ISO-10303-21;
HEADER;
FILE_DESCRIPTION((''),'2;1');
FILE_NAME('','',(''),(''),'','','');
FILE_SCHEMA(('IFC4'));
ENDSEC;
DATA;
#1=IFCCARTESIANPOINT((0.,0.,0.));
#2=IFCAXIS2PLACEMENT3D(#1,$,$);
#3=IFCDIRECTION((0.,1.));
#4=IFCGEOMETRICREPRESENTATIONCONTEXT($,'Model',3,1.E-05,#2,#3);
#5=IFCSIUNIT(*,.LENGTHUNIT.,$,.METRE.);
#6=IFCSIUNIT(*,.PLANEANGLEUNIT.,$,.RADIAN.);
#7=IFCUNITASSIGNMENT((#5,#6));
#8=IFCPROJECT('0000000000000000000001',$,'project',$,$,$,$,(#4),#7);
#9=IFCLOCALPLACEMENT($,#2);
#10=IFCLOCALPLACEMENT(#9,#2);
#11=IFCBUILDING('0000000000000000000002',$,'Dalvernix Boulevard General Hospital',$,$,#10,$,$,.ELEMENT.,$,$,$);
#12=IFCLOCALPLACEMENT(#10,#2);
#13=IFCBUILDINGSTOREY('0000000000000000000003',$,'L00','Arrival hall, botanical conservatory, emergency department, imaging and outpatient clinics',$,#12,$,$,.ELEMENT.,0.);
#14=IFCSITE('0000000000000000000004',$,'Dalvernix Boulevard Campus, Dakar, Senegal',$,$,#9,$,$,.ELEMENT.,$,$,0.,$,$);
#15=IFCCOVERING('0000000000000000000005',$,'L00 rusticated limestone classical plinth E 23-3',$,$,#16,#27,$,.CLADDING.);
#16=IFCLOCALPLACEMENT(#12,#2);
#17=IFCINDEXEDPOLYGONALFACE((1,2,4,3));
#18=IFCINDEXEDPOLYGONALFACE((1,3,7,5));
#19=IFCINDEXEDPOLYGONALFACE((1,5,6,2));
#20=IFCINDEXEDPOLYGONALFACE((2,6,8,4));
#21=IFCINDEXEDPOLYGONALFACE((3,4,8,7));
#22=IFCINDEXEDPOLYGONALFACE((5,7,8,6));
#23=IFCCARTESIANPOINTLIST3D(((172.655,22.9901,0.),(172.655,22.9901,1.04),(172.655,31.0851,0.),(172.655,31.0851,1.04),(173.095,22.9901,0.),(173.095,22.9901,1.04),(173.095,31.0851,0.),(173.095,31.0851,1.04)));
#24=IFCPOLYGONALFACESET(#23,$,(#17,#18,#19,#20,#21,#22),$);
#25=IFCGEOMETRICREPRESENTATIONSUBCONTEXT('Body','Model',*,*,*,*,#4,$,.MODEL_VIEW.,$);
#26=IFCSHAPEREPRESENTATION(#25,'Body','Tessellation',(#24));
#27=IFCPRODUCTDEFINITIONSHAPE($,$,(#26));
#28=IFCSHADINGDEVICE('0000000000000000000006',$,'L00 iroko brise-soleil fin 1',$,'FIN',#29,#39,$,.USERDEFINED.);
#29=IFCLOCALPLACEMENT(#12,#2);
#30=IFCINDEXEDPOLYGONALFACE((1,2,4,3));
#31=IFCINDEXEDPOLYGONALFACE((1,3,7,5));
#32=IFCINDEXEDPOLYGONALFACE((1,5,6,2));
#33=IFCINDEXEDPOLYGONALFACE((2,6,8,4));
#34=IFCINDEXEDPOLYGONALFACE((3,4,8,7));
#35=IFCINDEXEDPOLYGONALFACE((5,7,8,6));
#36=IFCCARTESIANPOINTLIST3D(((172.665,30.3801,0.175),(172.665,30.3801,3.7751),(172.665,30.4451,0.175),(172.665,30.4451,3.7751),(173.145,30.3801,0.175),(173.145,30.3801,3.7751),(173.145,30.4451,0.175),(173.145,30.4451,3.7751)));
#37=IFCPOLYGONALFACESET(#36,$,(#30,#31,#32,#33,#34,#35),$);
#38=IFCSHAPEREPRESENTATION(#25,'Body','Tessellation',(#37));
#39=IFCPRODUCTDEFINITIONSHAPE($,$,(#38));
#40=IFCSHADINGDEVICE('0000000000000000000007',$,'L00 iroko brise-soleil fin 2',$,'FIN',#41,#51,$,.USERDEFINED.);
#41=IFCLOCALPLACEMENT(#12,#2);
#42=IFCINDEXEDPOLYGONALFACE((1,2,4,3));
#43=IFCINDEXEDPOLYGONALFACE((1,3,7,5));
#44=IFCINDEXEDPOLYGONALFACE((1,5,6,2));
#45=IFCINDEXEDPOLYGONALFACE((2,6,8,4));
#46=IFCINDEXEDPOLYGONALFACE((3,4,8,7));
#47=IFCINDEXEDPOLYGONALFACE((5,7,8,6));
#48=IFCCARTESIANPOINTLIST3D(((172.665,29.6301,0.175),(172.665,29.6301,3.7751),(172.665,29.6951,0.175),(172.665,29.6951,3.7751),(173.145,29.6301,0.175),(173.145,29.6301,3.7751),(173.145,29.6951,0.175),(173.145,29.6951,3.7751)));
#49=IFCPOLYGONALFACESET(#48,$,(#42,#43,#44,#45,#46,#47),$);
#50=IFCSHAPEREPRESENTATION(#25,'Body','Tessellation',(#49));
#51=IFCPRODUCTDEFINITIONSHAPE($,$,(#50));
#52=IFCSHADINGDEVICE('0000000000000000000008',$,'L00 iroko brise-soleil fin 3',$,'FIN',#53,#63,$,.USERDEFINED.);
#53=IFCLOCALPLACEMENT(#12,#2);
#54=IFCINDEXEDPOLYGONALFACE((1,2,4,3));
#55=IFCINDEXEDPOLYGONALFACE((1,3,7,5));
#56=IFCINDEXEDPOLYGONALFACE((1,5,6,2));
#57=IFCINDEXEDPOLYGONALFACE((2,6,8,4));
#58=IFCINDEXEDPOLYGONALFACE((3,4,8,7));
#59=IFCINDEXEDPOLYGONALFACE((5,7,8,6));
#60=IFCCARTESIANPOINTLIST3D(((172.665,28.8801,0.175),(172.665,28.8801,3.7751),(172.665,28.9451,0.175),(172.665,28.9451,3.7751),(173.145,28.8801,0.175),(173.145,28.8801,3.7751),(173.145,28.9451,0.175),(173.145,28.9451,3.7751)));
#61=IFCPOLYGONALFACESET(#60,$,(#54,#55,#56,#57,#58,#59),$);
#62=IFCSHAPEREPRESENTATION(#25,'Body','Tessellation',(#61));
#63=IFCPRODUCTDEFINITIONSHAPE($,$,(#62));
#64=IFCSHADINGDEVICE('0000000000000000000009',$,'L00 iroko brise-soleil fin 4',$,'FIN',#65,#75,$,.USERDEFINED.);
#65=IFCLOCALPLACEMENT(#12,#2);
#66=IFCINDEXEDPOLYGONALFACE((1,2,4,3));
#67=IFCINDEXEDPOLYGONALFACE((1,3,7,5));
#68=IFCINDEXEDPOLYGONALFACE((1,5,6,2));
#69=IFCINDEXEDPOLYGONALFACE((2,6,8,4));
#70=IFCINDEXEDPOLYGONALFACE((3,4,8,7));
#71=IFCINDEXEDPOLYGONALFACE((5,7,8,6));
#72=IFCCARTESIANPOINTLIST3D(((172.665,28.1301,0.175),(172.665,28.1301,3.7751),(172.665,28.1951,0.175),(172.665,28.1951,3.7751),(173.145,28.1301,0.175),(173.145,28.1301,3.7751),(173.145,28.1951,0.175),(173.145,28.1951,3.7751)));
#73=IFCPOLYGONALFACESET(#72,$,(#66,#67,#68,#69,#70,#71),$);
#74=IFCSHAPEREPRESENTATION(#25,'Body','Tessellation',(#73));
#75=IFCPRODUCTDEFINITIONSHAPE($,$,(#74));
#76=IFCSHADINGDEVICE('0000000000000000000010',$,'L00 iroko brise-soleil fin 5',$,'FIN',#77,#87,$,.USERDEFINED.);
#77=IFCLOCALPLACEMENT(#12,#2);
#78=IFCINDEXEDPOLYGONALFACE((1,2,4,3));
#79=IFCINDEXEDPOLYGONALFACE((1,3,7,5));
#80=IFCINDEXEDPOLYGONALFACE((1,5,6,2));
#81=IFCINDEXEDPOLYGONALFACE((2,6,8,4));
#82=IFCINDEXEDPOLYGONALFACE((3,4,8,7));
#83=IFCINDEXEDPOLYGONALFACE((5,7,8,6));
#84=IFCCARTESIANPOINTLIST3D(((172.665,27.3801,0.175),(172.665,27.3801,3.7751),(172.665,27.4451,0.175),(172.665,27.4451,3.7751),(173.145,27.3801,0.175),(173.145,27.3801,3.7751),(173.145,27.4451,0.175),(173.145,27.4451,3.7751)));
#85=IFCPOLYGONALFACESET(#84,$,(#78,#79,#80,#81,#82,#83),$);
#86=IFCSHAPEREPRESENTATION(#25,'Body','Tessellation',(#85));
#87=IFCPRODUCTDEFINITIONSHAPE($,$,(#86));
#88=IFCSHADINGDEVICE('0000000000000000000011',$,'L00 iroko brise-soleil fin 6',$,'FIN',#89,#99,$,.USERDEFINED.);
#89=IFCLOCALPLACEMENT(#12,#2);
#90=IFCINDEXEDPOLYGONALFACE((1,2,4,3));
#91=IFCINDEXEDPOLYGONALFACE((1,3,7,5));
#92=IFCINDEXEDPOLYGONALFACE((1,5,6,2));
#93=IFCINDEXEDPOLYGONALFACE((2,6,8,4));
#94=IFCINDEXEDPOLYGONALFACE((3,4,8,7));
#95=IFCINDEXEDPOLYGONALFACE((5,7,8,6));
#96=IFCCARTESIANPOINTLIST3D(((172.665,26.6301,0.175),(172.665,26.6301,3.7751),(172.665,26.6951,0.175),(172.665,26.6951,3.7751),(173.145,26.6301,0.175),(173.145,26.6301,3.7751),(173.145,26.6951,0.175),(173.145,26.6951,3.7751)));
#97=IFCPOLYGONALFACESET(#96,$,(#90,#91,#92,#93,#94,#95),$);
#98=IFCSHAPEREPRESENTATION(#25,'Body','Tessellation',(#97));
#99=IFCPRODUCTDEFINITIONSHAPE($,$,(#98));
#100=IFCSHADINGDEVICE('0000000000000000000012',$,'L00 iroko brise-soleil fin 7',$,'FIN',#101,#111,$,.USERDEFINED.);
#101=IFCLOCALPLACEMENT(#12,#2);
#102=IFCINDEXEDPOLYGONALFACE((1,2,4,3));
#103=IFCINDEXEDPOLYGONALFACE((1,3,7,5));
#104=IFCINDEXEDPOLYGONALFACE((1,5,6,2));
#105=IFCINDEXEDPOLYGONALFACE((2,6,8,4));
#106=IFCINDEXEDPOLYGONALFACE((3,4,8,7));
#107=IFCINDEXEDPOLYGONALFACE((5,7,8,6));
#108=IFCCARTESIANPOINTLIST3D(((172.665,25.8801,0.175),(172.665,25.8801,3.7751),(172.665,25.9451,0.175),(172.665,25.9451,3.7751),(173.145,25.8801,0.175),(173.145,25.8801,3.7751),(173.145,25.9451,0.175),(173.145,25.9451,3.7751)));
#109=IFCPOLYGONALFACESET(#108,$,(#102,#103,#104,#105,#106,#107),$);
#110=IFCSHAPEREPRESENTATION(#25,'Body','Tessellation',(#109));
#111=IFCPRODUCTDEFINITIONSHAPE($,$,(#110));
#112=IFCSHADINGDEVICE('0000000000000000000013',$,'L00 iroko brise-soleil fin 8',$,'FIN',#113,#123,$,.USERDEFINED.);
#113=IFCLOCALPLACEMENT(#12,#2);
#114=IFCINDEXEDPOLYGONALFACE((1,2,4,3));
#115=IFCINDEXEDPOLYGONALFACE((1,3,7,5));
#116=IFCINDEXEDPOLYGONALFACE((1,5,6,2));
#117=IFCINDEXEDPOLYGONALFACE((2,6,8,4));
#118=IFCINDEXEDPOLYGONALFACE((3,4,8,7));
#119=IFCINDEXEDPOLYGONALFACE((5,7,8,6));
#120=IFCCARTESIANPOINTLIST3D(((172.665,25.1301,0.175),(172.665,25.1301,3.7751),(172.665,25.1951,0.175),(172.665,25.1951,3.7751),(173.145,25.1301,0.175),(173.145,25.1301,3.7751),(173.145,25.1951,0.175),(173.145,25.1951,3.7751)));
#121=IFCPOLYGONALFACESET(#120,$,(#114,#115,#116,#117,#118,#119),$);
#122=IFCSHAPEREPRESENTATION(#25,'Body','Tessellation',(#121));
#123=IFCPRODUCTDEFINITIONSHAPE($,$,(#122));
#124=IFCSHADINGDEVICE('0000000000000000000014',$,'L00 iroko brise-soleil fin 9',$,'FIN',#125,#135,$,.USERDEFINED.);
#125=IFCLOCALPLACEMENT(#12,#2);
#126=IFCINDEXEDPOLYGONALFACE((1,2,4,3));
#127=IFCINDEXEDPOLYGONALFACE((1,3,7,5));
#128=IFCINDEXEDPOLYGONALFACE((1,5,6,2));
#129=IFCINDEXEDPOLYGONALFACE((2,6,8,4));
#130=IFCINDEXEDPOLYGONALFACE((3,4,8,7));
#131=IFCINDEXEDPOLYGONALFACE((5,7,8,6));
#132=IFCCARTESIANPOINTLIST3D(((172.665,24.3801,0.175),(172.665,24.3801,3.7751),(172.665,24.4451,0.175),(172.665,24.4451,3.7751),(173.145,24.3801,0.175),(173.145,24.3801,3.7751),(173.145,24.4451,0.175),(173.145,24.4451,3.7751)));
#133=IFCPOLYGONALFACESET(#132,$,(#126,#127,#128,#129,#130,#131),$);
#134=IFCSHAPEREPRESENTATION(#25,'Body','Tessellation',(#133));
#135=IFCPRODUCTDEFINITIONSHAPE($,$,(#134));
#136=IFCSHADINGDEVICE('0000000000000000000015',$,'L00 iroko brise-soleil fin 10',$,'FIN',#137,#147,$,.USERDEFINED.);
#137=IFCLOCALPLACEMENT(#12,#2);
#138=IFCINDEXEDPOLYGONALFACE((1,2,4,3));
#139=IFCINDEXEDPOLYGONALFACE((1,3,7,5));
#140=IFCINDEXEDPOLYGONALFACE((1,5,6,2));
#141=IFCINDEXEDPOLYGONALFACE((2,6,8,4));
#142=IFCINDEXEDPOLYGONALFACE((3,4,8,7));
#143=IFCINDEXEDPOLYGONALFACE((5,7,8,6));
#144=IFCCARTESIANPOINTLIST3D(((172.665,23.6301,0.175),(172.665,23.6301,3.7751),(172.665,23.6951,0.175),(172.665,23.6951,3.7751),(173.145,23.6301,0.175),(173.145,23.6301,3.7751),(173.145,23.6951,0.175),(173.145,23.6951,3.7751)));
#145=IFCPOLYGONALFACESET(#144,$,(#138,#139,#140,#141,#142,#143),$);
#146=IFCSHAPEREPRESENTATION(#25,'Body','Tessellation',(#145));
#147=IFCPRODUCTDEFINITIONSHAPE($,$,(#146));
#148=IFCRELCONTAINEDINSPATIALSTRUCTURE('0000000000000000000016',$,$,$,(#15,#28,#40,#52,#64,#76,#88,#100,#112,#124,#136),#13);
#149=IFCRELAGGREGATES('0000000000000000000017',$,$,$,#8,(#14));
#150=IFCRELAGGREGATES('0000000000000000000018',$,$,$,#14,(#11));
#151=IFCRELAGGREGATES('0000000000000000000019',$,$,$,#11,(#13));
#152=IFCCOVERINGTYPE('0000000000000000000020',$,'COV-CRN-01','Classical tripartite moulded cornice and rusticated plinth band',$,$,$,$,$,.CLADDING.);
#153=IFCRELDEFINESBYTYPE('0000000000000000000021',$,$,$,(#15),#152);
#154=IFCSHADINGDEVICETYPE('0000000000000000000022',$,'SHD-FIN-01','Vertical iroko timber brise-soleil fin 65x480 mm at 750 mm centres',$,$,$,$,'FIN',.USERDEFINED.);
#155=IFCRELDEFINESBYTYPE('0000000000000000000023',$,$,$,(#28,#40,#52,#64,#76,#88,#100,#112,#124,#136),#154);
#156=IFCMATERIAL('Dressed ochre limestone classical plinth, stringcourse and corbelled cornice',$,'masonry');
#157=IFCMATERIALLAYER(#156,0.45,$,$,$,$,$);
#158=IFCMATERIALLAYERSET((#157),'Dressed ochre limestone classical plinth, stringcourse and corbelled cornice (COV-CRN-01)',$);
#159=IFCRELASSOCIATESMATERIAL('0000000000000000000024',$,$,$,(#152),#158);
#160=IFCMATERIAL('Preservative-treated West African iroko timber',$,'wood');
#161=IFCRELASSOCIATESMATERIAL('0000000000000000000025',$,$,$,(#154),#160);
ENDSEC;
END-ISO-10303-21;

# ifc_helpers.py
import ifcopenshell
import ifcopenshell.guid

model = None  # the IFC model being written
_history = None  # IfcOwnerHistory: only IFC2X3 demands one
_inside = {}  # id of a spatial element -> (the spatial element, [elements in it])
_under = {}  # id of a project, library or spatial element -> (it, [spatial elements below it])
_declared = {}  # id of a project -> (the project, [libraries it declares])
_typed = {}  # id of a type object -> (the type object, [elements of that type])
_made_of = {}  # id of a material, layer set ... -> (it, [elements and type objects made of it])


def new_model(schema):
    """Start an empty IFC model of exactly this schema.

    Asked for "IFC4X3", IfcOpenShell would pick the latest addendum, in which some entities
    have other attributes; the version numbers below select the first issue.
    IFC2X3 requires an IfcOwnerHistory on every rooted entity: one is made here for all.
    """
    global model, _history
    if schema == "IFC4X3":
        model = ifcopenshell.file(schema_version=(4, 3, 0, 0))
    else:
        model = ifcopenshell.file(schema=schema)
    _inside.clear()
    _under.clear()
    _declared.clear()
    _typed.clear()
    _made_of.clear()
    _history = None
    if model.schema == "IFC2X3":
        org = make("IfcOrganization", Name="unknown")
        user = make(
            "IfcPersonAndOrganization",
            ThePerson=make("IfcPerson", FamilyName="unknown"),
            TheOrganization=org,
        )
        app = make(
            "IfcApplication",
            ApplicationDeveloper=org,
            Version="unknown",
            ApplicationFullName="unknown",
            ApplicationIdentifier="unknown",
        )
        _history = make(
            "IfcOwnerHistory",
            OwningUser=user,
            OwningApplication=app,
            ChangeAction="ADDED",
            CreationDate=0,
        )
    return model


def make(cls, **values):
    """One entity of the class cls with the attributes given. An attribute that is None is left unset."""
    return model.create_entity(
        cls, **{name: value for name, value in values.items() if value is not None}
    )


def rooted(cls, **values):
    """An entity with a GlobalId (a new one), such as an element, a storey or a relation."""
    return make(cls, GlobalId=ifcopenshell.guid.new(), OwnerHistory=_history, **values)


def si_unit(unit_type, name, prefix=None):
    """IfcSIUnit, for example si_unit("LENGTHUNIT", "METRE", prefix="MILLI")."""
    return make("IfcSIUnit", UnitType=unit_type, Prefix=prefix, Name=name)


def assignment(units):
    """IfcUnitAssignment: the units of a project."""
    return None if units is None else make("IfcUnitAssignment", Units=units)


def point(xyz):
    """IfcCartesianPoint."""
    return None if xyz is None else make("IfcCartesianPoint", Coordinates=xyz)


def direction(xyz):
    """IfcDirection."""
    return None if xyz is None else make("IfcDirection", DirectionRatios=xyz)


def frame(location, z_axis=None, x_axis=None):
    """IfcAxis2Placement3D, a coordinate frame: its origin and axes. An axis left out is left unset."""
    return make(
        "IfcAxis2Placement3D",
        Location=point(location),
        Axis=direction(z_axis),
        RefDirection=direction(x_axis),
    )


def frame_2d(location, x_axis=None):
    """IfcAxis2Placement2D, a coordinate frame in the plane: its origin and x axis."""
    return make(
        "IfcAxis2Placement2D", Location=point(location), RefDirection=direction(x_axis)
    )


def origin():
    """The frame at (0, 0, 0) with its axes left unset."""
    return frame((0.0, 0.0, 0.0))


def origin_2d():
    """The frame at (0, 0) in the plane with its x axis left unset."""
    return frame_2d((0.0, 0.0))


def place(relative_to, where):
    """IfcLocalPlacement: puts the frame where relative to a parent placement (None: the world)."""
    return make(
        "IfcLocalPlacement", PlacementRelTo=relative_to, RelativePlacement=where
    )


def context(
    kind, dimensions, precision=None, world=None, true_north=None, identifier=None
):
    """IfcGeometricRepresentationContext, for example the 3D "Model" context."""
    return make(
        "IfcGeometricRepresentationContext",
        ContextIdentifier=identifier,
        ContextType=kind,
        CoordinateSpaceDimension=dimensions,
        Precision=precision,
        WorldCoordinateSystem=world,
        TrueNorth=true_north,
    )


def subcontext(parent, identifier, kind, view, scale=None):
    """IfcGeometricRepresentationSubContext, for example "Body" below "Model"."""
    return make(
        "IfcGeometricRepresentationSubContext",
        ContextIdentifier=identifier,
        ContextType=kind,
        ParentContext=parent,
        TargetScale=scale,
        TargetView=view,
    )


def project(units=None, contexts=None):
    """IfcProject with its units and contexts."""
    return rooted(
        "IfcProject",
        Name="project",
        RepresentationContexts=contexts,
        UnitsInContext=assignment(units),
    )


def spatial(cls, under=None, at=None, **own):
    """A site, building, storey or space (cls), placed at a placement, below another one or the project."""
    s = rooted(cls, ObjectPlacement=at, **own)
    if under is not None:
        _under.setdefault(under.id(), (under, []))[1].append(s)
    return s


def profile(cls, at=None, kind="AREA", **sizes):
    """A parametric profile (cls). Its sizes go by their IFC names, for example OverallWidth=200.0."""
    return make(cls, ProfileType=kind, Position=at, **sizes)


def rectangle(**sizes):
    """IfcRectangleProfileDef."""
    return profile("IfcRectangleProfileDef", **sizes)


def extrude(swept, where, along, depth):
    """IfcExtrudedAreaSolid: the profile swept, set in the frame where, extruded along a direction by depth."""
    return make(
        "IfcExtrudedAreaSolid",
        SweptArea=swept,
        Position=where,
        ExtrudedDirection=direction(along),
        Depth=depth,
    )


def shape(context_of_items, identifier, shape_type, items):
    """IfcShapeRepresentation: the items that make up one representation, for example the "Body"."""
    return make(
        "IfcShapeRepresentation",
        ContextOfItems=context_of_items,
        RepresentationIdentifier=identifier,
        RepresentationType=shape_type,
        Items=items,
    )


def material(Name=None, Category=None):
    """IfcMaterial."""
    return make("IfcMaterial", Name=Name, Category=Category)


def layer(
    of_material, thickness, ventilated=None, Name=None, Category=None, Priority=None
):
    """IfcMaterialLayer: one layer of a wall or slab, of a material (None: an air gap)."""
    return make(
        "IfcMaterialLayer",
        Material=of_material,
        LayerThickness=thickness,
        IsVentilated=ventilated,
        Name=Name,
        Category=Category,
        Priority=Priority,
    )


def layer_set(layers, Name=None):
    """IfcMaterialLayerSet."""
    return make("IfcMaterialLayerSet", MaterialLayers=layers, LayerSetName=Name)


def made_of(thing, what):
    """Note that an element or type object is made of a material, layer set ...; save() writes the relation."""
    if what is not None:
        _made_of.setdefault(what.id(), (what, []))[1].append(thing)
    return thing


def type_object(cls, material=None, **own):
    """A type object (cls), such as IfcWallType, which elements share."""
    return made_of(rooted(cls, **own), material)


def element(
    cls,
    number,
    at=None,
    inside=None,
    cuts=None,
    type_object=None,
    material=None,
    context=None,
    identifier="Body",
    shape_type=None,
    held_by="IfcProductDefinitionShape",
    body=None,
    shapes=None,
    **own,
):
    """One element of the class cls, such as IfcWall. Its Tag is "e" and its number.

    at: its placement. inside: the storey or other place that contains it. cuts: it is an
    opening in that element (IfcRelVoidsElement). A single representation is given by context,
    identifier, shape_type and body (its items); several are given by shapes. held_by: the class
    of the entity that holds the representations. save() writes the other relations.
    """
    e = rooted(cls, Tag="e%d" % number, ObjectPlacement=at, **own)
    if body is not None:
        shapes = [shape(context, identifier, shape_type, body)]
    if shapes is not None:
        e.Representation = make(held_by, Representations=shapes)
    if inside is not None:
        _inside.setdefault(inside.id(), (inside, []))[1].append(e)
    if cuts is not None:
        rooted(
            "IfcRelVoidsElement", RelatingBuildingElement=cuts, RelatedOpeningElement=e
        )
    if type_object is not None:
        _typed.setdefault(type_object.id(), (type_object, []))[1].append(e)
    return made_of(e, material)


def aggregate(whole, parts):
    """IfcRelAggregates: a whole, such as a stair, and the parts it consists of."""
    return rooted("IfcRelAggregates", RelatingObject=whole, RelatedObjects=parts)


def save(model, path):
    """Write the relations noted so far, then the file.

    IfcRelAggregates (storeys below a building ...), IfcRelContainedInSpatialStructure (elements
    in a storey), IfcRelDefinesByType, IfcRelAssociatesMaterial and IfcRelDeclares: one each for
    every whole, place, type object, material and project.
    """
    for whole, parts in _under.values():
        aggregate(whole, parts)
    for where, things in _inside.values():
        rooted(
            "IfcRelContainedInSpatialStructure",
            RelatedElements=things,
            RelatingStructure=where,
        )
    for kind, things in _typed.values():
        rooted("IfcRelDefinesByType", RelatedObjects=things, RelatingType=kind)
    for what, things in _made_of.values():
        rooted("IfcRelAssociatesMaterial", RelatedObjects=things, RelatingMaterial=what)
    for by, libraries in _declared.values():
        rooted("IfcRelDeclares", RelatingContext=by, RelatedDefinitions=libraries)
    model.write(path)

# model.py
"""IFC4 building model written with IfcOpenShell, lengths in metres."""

from ifc_helpers import new_model, si_unit, direction, frame, origin, origin_2d, place, context, subcontext, project, spatial, rectangle, extrude, material, layer, layer_set, type_object, element, save


model = new_model("IFC4")

# Units and contexts
model_context = context("Model", 3, precision=1e-05, world=origin(), true_north=direction((0.0, 1.0)))
body_context = subcontext(model_context, "Body", "Model", "MODEL_VIEW")
ifc_project = project(units=[si_unit("LENGTHUNIT", "METRE"), si_unit("PLANEANGLEUNIT", "RADIAN")], contexts=[model_context])

# Site, building, storey
site_placement = place(None, origin())
site = spatial("IfcSite", under=ifc_project, at=site_placement, Name="Dalvernix Boulevard Campus, Dakar, Senegal", CompositionType="ELEMENT", RefElevation=0.0)
building_placement = place(site_placement, origin())
building = spatial("IfcBuilding", under=site, at=building_placement, Name="Dalvernix Boulevard General Hospital", CompositionType="ELEMENT")
storey_placement = place(building_placement, origin())
storey = spatial("IfcBuildingStorey", under=building, at=storey_placement, Name="L00", Description="Arrival hall, botanical conservatory, emergency department, imaging and outpatient clinics", CompositionType="ELEMENT", Elevation=0.0)

# Covering
ifc_material_1 = material(Name="Dressed ochre limestone classical plinth, stringcourse and corbelled cornice", Category="masonry")
ifc_layer_1 = layer(ifc_material_1, 0.45)
ifc_layer_set_1 = layer_set([ifc_layer_1], Name="Dressed ochre limestone classical plinth, stringcourse and corbelled cornice (COV-CRN-01)")
covering_type_1 = type_object("IfcCoveringType", Name="COV-CRN-01", Description="Classical tripartite moulded cornice and rusticated plinth band", PredefinedType="CLADDING", material=ifc_layer_set_1)
covering_1_placement = place(storey_placement, frame((172.875, 27.0376, 0.0), z_axis=(0.0, 0.0, 1.0), x_axis=(0.0, -1.0, 0.0)))
element("IfcCovering", 1, at=covering_1_placement, inside=storey, type_object=covering_type_1, Name="L00 rusticated limestone classical plinth E 23-3", PredefinedType="CLADDING", context=body_context, shape_type="SweptSolid", body=[
    extrude(rectangle(XDim=8.095, YDim=0.4399, at=origin_2d()), origin(), (0.0, 0.0, 1.0), 1.04),
])

# Shading devices
ifc_material_2 = material(Name="Preservative-treated West African iroko timber", Category="wood")
shading_device_type = type_object("IfcShadingDeviceType", Name="SHD-FIN-01", Description="Vertical iroko timber brise-soleil fin 65x480 mm at 750 mm centres", ElementType="FIN", PredefinedType="USERDEFINED", material=ifc_material_2)
for number, where, z_axis, x_axis, name in (
    (2, (172.905, 30.4126, 0.175), (0.0, 0.0, 1.0), (0.0, -1.0, 0.0), "L00 iroko brise-soleil fin 1"),
    (3, (172.905, 29.6626, 0.175), (0.0, 0.0, 1.0), (0.0, -1.0, 0.0), "L00 iroko brise-soleil fin 2"),
    (4, (172.905, 28.9126, 0.175), (0.0, 0.0, 1.0), (0.0, -1.0, 0.0), "L00 iroko brise-soleil fin 3"),
    (5, (172.905, 28.1626, 0.175), (0.0, 0.0, 1.0), (0.0, -1.0, 0.0), "L00 iroko brise-soleil fin 4"),
    (6, (172.905, 27.4126, 0.175), (0.0, 0.0, 1.0), (0.0, -1.0, 0.0), "L00 iroko brise-soleil fin 5"),
    (7, (172.905, 26.6626, 0.175), (0.0, 0.0, 1.0), (0.0, -1.0, 0.0), "L00 iroko brise-soleil fin 6"),
    (8, (172.905, 25.9126, 0.175), (0.0, 0.0, 1.0), (0.0, -1.0, 0.0), "L00 iroko brise-soleil fin 7"),
    (9, (172.905, 25.1626, 0.175), (0.0, 0.0, 1.0), (0.0, -1.0, 0.0), "L00 iroko brise-soleil fin 8"),
    (10, (172.905, 24.4126, 0.175), (0.0, 0.0, 1.0), (0.0, -1.0, 0.0), "L00 iroko brise-soleil fin 9"),
    (11, (172.905, 23.6626, 0.175), (0.0, 0.0, 1.0), (0.0, -1.0, 0.0), "L00 iroko brise-soleil fin 10"),
):
    element("IfcShadingDevice", number, at=place(storey_placement, frame(where, z_axis=z_axis, x_axis=x_axis)), inside=storey, type_object=shading_device_type, Name=name, ObjectType="FIN", PredefinedType="USERDEFINED", context=body_context, shape_type="SweptSolid", body=[
        extrude(rectangle(XDim=0.0649, YDim=0.48, at=origin_2d()), origin(), (0.0, 0.0, 1.0), 3.6001),
    ])

save(model, "model.ifc")
